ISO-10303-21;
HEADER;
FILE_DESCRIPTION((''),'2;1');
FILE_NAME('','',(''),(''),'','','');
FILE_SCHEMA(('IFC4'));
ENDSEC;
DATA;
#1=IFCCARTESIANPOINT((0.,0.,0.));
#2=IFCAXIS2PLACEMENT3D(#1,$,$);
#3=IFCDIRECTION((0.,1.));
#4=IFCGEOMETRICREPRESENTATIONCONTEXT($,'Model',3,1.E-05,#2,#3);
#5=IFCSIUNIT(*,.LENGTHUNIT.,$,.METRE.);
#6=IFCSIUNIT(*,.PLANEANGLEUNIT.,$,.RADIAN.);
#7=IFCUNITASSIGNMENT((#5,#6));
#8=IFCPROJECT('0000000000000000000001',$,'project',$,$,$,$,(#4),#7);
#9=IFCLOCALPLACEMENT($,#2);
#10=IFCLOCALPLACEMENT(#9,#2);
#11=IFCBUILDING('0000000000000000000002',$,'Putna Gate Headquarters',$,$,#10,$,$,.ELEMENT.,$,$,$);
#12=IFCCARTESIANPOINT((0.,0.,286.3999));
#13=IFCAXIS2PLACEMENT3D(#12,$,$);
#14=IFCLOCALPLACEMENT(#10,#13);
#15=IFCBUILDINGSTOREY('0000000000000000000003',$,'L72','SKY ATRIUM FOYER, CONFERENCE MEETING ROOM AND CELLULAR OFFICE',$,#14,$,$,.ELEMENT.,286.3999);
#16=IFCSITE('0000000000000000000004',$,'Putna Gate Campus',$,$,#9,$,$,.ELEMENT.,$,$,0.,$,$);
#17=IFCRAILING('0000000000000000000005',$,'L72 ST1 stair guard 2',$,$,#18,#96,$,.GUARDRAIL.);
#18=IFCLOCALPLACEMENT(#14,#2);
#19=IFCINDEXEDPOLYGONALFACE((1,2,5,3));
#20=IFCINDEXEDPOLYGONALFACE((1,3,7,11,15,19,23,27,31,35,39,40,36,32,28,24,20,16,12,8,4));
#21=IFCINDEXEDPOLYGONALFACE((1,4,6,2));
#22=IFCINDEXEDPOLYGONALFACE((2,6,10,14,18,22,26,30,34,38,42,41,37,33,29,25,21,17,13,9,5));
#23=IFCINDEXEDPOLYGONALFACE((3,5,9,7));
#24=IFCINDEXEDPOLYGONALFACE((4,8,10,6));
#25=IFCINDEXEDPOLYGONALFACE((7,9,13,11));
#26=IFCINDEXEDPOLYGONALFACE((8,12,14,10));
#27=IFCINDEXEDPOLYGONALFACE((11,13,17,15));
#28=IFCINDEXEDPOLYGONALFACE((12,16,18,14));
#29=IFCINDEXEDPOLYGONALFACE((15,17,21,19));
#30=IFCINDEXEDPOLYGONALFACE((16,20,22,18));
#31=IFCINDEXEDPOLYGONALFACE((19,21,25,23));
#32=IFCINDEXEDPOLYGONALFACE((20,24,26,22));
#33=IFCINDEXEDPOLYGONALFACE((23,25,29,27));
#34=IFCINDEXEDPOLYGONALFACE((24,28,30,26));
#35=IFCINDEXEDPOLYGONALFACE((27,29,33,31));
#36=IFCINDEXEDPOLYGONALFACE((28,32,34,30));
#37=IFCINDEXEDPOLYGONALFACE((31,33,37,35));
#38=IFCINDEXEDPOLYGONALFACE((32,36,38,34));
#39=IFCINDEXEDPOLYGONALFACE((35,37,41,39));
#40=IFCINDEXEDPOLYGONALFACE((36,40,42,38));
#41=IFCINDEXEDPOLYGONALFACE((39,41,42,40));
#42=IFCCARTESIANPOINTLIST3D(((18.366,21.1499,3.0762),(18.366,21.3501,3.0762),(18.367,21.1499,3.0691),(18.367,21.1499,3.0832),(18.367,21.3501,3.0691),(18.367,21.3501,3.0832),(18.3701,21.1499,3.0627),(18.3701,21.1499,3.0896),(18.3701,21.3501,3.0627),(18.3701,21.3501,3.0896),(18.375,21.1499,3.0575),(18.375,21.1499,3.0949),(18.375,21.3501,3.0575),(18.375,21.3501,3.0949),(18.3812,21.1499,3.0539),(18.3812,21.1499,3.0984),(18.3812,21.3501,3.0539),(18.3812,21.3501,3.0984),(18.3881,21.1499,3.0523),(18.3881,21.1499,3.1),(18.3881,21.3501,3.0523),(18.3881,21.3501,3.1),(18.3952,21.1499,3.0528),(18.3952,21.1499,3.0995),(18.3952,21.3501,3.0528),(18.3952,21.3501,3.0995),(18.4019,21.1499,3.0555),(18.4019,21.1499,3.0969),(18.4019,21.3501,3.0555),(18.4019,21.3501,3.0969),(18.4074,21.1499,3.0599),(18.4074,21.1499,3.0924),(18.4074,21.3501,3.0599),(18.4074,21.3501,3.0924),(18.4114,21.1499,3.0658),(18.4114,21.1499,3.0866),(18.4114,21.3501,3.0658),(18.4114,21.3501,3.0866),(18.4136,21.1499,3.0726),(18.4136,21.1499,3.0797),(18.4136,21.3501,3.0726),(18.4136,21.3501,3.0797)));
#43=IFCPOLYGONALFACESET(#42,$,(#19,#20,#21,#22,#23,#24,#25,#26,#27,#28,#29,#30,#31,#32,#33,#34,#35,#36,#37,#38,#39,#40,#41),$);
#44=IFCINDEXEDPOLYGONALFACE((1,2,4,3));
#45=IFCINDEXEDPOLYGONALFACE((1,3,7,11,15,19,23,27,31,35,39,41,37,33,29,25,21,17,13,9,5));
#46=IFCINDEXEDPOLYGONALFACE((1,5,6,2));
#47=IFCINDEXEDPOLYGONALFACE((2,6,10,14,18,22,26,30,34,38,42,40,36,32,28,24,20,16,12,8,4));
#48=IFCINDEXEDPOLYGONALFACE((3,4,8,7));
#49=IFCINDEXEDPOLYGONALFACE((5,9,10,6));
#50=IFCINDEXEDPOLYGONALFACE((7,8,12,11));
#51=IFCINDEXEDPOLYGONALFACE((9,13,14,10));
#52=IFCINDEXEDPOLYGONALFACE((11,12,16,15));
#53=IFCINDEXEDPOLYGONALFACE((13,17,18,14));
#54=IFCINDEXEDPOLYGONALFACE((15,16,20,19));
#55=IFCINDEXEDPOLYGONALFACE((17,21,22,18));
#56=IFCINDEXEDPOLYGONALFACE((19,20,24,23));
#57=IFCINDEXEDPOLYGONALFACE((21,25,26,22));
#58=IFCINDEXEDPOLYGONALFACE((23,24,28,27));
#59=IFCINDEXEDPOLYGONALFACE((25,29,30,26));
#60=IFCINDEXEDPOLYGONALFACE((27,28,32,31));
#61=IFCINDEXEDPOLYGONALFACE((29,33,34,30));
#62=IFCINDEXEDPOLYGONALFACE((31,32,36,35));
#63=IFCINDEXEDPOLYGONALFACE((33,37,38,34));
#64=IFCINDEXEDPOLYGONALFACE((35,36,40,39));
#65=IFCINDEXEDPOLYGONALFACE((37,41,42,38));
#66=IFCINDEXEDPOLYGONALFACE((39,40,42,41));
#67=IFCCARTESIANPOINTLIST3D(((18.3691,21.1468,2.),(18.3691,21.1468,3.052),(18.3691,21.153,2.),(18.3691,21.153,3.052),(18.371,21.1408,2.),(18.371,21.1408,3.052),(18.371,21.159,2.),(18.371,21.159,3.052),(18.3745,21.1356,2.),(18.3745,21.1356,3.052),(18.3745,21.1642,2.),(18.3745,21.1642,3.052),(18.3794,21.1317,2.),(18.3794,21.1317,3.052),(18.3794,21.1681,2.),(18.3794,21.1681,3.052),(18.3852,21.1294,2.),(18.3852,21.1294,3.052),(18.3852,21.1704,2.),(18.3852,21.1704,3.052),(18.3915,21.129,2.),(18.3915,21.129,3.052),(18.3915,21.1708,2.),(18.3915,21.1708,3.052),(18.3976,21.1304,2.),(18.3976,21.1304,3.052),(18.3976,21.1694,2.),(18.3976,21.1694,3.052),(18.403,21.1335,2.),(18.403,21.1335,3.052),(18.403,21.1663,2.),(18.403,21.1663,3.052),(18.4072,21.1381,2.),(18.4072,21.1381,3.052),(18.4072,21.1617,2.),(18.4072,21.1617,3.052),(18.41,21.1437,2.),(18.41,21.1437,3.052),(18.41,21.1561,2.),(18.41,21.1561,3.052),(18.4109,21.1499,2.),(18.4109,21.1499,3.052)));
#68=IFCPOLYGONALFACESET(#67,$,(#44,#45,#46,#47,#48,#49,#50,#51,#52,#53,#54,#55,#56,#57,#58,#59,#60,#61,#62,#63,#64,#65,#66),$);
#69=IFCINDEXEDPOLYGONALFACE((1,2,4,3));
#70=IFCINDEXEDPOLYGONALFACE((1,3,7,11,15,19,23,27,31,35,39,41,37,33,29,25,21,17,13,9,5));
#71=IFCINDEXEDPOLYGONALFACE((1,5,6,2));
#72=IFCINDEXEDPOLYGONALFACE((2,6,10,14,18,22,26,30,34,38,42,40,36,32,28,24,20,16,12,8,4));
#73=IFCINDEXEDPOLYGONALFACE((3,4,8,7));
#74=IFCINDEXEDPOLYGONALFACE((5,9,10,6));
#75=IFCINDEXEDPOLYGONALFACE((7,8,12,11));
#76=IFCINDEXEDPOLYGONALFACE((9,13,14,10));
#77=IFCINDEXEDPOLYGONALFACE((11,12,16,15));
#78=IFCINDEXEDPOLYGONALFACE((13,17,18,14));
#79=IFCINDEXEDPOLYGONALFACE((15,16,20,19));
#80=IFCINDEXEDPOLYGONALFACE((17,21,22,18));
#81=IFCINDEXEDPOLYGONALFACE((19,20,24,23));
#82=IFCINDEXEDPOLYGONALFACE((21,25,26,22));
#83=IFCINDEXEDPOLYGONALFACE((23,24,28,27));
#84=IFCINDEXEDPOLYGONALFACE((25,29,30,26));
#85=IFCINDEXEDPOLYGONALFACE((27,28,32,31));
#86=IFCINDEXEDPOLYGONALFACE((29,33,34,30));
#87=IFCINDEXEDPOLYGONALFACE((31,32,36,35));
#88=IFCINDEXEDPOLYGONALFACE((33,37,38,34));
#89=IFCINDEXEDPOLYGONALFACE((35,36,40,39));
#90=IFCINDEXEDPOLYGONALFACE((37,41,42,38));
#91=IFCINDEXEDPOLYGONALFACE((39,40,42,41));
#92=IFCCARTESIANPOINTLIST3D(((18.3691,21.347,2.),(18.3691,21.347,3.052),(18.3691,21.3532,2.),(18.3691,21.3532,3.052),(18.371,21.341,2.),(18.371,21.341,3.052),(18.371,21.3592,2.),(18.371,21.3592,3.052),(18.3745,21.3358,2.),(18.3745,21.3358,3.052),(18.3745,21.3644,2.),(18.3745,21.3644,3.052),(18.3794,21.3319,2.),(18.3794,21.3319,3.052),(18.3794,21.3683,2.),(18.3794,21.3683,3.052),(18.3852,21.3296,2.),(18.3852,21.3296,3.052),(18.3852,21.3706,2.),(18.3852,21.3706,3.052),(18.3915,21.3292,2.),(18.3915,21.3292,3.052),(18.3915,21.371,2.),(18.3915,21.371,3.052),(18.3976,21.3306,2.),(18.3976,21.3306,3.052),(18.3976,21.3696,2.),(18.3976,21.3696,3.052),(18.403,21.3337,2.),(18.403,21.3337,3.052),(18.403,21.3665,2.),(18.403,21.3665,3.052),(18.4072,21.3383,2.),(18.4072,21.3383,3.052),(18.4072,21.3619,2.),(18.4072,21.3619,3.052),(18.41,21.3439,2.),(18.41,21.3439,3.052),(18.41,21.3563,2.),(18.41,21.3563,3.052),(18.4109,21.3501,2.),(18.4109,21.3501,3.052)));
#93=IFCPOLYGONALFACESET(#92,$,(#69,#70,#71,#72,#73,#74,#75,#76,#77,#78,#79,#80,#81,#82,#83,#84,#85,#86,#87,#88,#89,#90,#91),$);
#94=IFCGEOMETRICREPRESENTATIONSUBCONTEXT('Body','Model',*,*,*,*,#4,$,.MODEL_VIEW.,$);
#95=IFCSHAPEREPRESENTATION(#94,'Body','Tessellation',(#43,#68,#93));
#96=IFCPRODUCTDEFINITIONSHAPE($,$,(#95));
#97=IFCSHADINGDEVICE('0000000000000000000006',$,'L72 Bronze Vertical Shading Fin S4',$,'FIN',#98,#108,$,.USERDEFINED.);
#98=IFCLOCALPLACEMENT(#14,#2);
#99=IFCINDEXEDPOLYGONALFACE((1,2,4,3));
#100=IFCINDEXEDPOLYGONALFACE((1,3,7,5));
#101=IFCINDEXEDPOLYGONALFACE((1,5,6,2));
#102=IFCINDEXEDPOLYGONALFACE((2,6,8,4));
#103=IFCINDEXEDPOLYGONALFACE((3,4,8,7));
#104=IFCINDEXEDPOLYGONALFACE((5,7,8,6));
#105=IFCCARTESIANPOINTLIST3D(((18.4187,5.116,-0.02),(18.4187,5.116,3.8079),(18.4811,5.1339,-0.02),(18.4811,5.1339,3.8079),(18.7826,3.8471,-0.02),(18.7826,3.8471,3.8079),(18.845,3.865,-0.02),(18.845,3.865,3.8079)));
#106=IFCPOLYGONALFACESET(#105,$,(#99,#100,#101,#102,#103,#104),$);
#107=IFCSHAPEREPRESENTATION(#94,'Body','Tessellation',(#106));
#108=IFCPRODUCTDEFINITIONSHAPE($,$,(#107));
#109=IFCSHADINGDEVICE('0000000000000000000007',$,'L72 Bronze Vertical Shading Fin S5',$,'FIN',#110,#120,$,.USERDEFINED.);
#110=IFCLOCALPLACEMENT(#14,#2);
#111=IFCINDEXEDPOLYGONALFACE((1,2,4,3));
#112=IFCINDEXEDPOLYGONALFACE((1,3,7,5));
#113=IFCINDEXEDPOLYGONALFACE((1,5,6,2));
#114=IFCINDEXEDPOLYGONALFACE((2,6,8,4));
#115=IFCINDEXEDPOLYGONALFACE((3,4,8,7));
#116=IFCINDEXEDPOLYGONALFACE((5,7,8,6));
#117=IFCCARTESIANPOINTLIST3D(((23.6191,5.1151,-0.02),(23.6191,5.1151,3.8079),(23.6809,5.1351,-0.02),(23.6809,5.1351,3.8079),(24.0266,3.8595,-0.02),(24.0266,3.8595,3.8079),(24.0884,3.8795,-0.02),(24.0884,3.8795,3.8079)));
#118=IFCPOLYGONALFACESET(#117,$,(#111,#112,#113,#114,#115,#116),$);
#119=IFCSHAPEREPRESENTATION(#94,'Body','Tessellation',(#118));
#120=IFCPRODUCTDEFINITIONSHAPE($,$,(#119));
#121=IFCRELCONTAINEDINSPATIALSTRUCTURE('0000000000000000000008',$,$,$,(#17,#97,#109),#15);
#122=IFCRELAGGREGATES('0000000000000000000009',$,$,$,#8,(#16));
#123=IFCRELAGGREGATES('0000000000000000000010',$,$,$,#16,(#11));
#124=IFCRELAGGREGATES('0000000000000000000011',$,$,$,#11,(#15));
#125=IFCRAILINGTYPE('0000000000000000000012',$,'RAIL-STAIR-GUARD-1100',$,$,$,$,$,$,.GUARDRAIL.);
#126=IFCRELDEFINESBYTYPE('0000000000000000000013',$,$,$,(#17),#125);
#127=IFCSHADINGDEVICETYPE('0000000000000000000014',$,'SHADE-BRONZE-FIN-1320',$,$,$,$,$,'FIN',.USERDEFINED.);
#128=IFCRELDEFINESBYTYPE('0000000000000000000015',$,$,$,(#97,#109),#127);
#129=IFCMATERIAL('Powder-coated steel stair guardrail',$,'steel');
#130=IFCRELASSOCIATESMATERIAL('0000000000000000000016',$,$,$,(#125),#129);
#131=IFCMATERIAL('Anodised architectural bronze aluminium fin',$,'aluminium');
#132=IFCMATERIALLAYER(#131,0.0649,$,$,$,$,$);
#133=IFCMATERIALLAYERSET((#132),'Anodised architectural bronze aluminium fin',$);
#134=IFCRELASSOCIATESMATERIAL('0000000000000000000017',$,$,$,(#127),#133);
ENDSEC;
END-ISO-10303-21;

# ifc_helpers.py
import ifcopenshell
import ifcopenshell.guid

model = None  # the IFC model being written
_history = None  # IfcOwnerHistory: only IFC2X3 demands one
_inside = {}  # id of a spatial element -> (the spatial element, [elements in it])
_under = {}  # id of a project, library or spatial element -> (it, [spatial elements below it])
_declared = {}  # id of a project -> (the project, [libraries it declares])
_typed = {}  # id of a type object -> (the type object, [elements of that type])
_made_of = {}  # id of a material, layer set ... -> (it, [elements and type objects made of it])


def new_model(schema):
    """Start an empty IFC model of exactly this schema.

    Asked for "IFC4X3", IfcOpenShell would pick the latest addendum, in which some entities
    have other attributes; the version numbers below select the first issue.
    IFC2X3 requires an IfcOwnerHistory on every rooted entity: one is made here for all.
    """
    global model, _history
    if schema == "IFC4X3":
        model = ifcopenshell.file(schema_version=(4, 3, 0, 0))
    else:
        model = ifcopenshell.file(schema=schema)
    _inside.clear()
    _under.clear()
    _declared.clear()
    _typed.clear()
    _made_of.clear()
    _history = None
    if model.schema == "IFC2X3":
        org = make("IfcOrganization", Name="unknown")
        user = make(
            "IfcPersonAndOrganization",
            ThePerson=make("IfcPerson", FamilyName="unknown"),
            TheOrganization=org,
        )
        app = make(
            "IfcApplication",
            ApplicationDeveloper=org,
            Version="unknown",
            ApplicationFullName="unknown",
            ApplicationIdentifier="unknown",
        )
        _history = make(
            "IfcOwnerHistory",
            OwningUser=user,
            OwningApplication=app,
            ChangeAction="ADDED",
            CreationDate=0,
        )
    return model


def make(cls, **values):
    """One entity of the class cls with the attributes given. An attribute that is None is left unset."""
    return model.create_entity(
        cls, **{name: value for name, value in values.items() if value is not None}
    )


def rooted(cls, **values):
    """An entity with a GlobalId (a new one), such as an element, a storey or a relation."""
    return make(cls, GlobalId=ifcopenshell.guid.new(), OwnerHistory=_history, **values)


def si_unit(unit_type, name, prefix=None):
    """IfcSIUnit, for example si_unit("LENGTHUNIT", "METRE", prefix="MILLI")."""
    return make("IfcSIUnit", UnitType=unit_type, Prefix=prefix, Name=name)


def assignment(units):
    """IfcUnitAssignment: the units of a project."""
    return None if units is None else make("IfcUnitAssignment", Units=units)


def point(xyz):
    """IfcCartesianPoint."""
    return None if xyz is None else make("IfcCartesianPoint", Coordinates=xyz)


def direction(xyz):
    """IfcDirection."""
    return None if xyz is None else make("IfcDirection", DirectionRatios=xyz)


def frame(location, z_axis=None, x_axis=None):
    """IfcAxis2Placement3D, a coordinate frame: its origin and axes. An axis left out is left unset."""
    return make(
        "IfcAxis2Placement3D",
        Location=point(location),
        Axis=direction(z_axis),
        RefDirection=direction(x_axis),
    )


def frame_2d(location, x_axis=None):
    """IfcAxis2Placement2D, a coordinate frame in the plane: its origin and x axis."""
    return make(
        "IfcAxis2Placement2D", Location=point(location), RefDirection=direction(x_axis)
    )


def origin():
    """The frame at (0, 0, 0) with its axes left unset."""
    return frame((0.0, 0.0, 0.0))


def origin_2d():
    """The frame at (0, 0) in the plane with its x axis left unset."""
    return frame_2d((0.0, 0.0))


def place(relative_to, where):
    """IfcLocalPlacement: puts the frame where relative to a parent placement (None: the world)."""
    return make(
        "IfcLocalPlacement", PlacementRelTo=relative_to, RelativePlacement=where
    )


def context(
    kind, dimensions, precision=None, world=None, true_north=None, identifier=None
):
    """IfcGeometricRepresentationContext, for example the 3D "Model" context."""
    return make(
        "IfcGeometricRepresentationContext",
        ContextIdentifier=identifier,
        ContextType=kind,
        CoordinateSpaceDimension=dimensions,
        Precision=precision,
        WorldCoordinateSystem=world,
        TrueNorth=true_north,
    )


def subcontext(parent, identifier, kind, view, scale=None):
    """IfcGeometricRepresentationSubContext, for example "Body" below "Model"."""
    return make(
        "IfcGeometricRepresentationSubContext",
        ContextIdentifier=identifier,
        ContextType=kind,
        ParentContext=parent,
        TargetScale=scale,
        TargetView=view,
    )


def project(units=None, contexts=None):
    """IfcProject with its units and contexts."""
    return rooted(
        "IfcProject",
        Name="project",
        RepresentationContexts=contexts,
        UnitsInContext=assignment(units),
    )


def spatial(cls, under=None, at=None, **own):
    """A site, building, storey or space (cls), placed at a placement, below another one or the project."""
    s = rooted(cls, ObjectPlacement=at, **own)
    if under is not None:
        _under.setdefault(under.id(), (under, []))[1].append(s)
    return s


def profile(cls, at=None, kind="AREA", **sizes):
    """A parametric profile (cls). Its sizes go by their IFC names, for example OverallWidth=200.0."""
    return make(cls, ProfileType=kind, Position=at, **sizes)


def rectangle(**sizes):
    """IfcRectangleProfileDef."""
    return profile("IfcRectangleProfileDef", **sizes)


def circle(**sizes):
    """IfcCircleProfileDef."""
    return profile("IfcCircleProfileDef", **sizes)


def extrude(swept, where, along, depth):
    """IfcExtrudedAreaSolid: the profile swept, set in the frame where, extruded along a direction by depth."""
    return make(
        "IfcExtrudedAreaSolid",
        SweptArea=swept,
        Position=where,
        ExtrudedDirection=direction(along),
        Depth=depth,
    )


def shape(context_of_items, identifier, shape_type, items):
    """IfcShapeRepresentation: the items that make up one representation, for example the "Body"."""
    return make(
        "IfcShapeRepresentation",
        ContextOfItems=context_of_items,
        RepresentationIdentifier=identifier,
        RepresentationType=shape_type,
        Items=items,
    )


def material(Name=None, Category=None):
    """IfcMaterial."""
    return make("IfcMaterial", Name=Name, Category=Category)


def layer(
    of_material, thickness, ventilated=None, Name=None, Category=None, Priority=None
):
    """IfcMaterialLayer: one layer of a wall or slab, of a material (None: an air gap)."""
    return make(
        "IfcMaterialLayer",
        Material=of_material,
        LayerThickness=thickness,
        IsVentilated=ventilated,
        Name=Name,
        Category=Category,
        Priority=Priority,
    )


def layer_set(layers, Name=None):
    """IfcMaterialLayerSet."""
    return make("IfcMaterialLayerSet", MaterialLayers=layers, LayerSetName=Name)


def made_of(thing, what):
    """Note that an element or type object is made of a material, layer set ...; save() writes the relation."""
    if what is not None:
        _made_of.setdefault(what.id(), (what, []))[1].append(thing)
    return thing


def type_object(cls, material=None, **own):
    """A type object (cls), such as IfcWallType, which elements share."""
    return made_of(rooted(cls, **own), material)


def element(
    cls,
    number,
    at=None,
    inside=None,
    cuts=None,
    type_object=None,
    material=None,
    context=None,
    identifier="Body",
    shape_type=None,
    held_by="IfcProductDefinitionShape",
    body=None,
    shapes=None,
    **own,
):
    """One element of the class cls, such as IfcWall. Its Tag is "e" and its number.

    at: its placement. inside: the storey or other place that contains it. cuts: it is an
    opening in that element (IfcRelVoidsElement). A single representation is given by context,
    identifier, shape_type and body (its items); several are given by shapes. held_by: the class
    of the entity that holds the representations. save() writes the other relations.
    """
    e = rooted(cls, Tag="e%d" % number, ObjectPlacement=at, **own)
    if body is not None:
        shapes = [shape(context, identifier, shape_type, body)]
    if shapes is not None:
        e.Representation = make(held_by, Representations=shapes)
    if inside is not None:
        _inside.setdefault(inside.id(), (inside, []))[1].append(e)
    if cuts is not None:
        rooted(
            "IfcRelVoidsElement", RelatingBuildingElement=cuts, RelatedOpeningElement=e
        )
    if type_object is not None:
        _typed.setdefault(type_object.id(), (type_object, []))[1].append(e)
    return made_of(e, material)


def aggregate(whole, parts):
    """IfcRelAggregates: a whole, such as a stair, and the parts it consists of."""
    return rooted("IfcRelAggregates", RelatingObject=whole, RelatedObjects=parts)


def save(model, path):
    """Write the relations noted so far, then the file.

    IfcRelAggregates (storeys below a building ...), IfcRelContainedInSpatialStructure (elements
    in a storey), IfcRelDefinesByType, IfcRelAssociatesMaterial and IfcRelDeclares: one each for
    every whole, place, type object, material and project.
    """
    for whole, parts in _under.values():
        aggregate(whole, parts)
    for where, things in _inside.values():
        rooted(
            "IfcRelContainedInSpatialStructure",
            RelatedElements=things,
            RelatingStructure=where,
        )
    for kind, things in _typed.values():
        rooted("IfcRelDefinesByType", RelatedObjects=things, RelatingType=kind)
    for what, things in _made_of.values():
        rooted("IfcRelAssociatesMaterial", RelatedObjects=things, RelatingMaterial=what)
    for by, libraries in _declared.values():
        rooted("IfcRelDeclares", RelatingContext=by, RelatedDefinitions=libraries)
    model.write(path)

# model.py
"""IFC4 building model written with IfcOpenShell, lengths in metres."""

from ifc_helpers import new_model, si_unit, direction, frame, origin, origin_2d, place, context, subcontext, project, spatial, rectangle, circle, extrude, material, layer, layer_set, type_object, element, save


model = new_model("IFC4")

# Units and contexts
model_context = context("Model", 3, precision=1e-05, world=origin(), true_north=direction((0.0, 1.0)))
body_context = subcontext(model_context, "Body", "Model", "MODEL_VIEW")
ifc_project = project(units=[si_unit("LENGTHUNIT", "METRE"), si_unit("PLANEANGLEUNIT", "RADIAN")], contexts=[model_context])

# Site, building, storey
site_placement = place(None, origin())
site = spatial("IfcSite", under=ifc_project, at=site_placement, Name="Putna Gate Campus", CompositionType="ELEMENT", RefElevation=0.0)
building_placement = place(site_placement, origin())
building = spatial("IfcBuilding", under=site, at=building_placement, Name="Putna Gate Headquarters", CompositionType="ELEMENT")
storey_placement = place(building_placement, frame((0.0, 0.0, 286.3999)))
storey = spatial("IfcBuildingStorey", under=building, at=storey_placement, Name="L72", Description="SKY ATRIUM FOYER, CONFERENCE MEETING ROOM AND CELLULAR OFFICE", CompositionType="ELEMENT", Elevation=286.3999)

# Railing
ifc_material_1 = material(Name="Powder-coated steel stair guardrail", Category="steel")
railing_type = type_object("IfcRailingType", Name="RAIL-STAIR-GUARD-1100", PredefinedType="GUARDRAIL", material=ifc_material_1)
railing_placement = place(storey_placement, frame((18.3899, 21.1499, 2.0)))
element("IfcRailing", 1, at=railing_placement, inside=storey, type_object=railing_type, Name="L72 ST1 stair guard 2", PredefinedType="GUARDRAIL", context=body_context, shape_type="SweptSolid", body=[
    extrude(circle(Radius=0.0239, at=origin_2d()), frame((0.0, 0.0, 1.0762), z_axis=(0.0, 1.0, 0.0), x_axis=(-1.0, 0.0, 0.0)), (0.0, 0.0, 1.0), 0.2002),
    extrude(circle(Radius=0.021, at=origin_2d()), origin(), (0.0, 0.0, 1.0), 1.052),
    extrude(circle(Radius=0.021, at=origin_2d()), frame((0.0, 0.2002, 0.0)), (0.0, 0.0, 1.0), 1.052),
])

# Shading devices
ifc_material_2 = material(Name="Anodised architectural bronze aluminium fin", Category="aluminium")
ifc_layer_1 = layer(ifc_material_2, 0.0649)
ifc_layer_set_1 = layer_set([ifc_layer_1], Name="Anodised architectural bronze aluminium fin")
shading_device_type = type_object("IfcShadingDeviceType", Name="SHADE-BRONZE-FIN-1320", ElementType="FIN", PredefinedType="USERDEFINED", material=ifc_layer_set_1)
for number, where, z_axis, x_axis, name in (
    (2, (18.6318, 4.4905, -0.02), (0.0, 0.0, 1.0), (0.275637, -0.961262, 0.0), "L72 Bronze Vertical Shading Fin S4"),
    (3, (23.8538, 4.4973, -0.02), (0.0, 0.0, 1.0), (0.308685, -0.951164, 0.0), "L72 Bronze Vertical Shading Fin S5"),
):
    element("IfcShadingDevice", number, at=place(storey_placement, frame(where, z_axis=z_axis, x_axis=x_axis)), inside=storey, type_object=shading_device_type, Name=name, ObjectType="FIN", PredefinedType="USERDEFINED", context=body_context, shape_type="SweptSolid", body=[
        extrude(rectangle(XDim=1.3201, YDim=0.0649, at=origin_2d()), origin(), (0.0, 0.0, 1.0), 3.8279),
    ])

save(model, "model.ifc")
